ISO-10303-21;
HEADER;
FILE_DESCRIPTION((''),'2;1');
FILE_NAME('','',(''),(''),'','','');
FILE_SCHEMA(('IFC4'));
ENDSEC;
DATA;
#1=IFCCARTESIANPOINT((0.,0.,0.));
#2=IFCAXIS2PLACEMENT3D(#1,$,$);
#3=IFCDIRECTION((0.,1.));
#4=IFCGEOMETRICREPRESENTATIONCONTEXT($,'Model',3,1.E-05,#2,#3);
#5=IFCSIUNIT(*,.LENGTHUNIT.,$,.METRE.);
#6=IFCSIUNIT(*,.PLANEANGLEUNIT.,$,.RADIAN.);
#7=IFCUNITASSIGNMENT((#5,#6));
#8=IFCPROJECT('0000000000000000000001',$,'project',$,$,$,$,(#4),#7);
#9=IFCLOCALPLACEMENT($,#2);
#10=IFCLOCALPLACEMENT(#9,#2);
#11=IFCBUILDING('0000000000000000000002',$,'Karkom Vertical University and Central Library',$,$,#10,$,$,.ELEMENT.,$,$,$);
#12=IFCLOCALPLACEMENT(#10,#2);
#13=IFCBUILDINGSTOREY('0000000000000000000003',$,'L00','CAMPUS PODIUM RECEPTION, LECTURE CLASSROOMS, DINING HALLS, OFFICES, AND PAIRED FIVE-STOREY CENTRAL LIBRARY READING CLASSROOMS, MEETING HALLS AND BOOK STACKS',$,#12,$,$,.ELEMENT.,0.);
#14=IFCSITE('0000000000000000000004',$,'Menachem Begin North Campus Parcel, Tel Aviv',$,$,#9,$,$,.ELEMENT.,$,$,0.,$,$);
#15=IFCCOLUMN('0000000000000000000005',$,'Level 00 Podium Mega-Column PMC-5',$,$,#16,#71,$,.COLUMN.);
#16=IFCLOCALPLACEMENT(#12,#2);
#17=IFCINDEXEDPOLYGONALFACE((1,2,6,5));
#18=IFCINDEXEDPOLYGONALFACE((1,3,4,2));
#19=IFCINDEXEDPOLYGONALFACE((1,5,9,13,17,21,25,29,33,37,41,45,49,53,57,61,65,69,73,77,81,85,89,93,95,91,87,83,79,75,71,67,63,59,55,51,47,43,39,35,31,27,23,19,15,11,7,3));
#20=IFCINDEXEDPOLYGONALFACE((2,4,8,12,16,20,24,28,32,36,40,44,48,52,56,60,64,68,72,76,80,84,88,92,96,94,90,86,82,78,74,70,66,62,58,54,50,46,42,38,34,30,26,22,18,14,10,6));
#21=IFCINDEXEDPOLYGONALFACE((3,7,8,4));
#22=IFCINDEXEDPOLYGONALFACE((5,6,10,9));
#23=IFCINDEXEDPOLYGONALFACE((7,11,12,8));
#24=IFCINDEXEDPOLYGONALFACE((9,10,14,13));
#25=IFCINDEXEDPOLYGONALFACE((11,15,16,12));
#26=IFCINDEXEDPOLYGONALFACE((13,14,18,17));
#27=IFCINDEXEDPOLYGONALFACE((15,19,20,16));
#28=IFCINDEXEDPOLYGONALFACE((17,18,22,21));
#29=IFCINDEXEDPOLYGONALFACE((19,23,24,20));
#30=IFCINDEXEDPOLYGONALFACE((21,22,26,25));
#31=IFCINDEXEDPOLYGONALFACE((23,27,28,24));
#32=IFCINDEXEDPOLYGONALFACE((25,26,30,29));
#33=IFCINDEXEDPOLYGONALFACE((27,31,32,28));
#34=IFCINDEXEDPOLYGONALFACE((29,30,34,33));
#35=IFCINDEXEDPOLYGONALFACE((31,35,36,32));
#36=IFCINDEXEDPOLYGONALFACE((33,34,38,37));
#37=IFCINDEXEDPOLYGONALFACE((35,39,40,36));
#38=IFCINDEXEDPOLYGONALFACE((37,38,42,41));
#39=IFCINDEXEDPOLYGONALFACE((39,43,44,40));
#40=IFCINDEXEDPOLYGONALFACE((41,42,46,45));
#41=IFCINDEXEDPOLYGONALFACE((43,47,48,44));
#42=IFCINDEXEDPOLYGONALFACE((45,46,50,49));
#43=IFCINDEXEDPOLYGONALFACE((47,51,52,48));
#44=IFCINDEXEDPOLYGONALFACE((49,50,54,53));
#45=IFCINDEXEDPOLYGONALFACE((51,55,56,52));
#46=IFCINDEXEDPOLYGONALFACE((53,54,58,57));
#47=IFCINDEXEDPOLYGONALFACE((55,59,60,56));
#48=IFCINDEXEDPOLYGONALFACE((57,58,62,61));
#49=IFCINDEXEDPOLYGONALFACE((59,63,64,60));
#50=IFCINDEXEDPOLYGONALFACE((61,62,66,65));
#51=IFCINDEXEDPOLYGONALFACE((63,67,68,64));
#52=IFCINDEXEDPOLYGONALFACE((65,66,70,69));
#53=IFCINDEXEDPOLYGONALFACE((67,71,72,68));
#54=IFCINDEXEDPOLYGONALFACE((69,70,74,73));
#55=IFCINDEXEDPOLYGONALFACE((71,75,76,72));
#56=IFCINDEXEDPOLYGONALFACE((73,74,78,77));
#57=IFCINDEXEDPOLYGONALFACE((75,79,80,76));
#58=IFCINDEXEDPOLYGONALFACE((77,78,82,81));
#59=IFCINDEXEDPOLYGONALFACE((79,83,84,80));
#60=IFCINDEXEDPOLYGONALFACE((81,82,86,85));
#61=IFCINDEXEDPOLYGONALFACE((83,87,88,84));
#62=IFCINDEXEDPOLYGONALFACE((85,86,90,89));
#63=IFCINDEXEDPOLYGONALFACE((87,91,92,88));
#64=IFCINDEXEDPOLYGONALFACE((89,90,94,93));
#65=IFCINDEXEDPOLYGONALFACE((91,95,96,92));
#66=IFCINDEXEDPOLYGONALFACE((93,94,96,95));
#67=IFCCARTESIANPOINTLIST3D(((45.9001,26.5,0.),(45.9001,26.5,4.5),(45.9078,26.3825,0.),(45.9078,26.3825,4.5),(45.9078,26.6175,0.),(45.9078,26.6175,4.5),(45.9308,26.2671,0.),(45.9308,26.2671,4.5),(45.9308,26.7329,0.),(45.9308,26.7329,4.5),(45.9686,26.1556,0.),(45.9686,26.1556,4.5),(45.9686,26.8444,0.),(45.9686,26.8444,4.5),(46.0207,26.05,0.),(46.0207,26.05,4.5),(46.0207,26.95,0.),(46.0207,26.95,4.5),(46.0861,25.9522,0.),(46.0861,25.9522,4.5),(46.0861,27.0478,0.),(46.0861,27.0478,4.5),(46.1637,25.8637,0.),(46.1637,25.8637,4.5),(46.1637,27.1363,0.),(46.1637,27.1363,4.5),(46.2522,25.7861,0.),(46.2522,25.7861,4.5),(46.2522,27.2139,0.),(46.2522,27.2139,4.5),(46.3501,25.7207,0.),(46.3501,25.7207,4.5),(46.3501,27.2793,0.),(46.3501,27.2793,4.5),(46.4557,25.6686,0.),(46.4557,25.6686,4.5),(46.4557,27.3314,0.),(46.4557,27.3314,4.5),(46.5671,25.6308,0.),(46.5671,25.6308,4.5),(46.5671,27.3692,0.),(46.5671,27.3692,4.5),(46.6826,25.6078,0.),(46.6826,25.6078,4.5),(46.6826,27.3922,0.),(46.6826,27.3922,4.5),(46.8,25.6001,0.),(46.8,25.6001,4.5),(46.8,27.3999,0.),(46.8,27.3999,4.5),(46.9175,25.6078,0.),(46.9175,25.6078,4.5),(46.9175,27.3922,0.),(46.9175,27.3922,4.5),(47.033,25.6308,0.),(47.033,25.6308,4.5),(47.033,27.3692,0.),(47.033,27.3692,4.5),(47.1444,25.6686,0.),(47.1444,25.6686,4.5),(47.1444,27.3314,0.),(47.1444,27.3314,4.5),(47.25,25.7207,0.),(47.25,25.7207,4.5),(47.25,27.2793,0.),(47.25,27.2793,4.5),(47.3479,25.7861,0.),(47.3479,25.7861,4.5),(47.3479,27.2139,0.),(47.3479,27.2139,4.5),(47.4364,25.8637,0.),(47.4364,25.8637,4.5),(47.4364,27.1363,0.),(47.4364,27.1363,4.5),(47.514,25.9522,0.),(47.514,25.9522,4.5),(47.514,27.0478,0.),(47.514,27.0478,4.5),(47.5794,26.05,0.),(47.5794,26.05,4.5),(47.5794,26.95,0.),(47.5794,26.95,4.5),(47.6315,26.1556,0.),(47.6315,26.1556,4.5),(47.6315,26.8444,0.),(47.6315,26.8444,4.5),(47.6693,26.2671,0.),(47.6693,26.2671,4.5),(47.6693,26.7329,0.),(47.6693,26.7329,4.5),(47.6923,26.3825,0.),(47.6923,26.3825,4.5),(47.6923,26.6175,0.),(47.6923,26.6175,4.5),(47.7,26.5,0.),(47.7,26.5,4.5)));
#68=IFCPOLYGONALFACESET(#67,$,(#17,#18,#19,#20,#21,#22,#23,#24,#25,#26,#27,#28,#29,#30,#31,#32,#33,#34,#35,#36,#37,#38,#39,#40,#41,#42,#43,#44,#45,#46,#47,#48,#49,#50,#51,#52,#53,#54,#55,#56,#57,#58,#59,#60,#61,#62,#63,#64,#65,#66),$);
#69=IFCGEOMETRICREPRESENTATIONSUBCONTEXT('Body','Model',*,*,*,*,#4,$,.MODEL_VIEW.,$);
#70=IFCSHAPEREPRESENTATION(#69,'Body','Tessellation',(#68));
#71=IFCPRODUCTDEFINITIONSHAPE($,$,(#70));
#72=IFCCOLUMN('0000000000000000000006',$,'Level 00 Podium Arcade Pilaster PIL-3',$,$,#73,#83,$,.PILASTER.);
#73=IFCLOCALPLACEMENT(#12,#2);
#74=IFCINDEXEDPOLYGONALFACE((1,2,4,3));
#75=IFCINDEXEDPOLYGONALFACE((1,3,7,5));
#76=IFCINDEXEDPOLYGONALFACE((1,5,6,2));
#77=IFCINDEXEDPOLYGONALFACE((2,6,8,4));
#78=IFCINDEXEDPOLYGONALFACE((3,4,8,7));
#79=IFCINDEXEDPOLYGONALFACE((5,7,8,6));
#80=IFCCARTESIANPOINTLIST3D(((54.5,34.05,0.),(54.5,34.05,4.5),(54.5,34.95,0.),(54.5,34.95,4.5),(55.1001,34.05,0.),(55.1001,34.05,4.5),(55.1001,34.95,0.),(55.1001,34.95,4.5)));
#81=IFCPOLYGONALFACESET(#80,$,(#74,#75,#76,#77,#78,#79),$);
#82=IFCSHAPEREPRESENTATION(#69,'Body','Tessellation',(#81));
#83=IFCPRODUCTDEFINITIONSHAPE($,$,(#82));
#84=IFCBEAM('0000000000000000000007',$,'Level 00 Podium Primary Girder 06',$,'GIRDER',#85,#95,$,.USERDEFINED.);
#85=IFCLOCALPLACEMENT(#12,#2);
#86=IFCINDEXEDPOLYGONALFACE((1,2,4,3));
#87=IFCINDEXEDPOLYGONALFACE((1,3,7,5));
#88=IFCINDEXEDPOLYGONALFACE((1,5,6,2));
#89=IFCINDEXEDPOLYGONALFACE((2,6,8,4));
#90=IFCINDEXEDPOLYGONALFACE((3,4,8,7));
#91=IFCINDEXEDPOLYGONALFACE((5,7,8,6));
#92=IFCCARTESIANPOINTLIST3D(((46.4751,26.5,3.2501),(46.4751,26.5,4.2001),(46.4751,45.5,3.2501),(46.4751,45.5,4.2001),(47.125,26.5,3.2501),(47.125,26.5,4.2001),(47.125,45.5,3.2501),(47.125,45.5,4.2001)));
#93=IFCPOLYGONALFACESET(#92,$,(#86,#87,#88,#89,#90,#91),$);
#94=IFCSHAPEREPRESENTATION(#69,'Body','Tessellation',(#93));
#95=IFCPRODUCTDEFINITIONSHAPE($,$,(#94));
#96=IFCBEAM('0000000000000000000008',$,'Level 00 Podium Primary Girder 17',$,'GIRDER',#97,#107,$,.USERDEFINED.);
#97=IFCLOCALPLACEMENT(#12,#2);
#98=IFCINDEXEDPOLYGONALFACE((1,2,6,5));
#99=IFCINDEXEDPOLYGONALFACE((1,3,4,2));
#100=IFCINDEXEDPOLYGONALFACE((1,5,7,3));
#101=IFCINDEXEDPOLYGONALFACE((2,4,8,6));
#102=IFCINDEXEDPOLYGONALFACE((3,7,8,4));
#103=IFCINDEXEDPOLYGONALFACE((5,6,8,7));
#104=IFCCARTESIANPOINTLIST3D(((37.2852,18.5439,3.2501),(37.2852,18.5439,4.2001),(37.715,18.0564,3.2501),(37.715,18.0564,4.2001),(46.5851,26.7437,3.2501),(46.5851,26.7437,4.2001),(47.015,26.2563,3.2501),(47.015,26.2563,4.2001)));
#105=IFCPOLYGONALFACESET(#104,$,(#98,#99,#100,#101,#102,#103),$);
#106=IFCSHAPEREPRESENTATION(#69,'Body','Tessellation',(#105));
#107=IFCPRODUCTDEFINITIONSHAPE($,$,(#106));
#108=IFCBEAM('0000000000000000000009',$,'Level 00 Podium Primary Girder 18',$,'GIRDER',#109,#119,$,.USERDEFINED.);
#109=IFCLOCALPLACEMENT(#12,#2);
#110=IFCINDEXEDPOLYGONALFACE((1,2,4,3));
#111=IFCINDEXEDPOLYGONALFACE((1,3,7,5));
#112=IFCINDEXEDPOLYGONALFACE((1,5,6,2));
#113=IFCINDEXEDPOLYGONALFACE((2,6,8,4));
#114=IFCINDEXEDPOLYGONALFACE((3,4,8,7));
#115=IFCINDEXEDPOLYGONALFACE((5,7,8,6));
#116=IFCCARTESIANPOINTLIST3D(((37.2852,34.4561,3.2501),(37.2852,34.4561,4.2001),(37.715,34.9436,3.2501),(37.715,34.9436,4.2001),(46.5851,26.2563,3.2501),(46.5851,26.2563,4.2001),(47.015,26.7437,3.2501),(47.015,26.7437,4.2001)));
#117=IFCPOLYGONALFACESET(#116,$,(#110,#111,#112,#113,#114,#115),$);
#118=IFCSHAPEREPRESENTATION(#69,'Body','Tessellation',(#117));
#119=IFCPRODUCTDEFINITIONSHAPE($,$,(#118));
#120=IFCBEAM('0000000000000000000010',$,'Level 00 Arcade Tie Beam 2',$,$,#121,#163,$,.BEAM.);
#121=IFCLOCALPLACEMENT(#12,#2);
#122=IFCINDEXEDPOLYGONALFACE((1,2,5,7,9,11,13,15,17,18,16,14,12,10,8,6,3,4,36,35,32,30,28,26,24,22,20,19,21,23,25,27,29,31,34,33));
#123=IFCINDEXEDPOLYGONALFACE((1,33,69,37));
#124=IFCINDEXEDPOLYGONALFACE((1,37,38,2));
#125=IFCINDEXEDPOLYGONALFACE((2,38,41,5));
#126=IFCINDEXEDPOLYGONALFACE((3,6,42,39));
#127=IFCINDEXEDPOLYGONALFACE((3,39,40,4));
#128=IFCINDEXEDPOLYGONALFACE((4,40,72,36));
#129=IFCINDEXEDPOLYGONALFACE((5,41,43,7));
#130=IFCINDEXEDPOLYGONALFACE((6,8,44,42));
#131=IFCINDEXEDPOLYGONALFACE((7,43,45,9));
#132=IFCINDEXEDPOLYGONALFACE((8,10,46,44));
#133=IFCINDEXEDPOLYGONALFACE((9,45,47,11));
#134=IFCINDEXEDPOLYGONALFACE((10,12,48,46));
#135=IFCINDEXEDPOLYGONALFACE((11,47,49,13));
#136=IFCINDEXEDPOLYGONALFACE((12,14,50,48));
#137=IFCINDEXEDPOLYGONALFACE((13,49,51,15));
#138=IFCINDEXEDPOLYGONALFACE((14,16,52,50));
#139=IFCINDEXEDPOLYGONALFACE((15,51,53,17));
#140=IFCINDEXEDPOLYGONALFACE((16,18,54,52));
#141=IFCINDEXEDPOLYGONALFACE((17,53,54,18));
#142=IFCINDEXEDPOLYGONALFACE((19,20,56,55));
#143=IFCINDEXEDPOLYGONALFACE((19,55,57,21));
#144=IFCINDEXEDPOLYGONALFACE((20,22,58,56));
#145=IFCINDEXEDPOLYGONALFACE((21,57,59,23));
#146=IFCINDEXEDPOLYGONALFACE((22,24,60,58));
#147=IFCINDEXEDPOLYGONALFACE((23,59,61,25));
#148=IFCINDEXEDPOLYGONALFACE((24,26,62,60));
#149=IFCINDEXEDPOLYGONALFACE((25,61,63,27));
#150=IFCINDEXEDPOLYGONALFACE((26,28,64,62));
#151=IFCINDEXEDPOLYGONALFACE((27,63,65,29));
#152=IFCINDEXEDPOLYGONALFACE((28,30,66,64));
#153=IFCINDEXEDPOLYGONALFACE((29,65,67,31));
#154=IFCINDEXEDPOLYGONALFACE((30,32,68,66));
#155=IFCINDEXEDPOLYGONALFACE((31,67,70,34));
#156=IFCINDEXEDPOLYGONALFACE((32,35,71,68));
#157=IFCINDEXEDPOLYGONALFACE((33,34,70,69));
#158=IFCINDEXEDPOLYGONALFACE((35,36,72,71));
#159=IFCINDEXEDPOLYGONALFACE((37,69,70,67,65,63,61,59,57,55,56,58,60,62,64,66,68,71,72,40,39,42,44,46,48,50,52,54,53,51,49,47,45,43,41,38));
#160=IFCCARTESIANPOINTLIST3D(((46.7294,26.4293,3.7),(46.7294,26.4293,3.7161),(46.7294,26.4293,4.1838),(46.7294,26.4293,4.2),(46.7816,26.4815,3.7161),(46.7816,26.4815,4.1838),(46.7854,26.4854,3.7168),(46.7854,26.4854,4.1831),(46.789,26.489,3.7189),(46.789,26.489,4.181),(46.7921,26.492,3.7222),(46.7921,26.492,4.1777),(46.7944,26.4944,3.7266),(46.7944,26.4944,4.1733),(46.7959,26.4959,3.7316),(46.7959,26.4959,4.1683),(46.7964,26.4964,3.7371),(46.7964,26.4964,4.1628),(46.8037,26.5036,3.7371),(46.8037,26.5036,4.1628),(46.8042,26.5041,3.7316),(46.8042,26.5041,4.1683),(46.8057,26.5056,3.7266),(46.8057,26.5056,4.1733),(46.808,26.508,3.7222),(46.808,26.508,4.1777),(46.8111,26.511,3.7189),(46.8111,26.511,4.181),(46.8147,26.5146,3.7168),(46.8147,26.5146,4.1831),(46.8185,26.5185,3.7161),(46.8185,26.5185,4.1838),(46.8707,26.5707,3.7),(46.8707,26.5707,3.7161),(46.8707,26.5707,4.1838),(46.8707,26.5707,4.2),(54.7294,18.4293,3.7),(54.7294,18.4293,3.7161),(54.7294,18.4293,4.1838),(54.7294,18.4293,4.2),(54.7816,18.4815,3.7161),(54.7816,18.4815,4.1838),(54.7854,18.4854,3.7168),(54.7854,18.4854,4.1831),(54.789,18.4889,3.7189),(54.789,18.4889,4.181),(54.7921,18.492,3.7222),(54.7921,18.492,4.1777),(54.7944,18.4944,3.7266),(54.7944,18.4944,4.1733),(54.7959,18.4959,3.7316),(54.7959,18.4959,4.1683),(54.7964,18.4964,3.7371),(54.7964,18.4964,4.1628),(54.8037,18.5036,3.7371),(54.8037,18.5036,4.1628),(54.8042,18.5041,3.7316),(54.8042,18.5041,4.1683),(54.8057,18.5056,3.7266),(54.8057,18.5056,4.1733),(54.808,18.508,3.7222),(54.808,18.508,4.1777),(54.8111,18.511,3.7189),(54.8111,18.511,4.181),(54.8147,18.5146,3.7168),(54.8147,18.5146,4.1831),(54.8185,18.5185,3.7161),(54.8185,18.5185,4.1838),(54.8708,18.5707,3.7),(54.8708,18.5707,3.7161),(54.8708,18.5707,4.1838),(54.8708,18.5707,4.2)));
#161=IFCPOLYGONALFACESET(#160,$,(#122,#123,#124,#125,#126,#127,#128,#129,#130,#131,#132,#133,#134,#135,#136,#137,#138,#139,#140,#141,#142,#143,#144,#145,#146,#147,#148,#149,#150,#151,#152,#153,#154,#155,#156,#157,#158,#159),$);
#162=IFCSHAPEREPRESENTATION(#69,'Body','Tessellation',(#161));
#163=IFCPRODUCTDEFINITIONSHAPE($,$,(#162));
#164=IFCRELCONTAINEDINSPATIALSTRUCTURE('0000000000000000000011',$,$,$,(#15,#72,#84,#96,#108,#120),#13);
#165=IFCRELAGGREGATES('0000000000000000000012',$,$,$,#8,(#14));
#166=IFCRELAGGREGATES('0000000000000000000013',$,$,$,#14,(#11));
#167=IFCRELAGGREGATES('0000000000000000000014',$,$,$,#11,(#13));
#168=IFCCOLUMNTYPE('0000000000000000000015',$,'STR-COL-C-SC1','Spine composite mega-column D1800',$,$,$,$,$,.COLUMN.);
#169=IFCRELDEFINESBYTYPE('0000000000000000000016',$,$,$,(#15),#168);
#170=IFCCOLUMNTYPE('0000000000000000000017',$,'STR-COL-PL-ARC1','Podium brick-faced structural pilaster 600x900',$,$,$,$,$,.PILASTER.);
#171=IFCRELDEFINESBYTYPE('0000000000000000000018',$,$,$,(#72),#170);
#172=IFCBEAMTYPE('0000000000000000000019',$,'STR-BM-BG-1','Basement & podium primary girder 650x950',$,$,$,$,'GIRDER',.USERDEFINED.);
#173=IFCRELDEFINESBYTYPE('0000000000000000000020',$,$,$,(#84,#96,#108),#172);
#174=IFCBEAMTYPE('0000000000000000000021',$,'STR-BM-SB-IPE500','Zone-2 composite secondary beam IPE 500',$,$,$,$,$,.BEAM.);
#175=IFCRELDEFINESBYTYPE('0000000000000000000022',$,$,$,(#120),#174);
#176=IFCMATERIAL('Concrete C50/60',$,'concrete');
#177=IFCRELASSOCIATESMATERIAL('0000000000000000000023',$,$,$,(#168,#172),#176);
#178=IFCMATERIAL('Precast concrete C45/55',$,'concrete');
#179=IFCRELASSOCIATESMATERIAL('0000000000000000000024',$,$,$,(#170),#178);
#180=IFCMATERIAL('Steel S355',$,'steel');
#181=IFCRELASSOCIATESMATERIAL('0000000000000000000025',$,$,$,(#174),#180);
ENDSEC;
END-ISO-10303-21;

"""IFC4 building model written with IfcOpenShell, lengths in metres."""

from ifc_helpers import new_model, si_unit, direction, frame, origin, origin_with_axes, origin_2d, place, context, subcontext, project, spatial, rectangle, circle, i_section, extrude, source, transform, mapped, material, material_profile, profile_set, type_object, element, save


model = new_model("IFC4")

# Units and contexts
model_context = context("Model", 3, precision=1e-05, world=origin(), true_north=direction((0.0, 1.0)))
body_context = subcontext(model_context, "Body", "Model", "MODEL_VIEW")
ifc_project = project(units=[si_unit("LENGTHUNIT", "METRE"), si_unit("PLANEANGLEUNIT", "RADIAN")], contexts=[model_context])

# Site, building, storey
site_placement = place(None, origin())
site = spatial("IfcSite", under=ifc_project, at=site_placement, Name="Menachem Begin North Campus Parcel, Tel Aviv", CompositionType="ELEMENT", RefElevation=0.0)
building_placement = place(site_placement, origin())
building = spatial("IfcBuilding", under=site, at=building_placement, Name="Karkom Vertical University and Central Library", CompositionType="ELEMENT")
storey_placement = place(building_placement, origin())
storey = spatial("IfcBuildingStorey", under=building, at=storey_placement, Name="L00", Description="CAMPUS PODIUM RECEPTION, LECTURE CLASSROOMS, DINING HALLS, OFFICES, AND PAIRED FIVE-STOREY CENTRAL LIBRARY READING CLASSROOMS, MEETING HALLS AND BOOK STACKS", CompositionType="ELEMENT", Elevation=0.0)

# Columns
ifc_material_1 = material(Name="Concrete C50/60", Category="concrete")
ifc_material_profile_1 = material_profile(ifc_material_1, circle(Radius=0.8999, at=origin_2d()), Name="CFT-D1800")
ifc_profile_set_1 = profile_set([ifc_material_profile_1], Name="Concrete C50/60")
column_type_1 = type_object("IfcColumnType", Name="STR-COL-C-SC1", Description="Spine composite mega-column D1800", PredefinedType="COLUMN", material=ifc_profile_set_1)
shared_shape_1 = source(origin_with_axes(), body_context, "Body", "SweptSolid", [
    extrude(circle(Radius=0.8999, at=origin_2d()), origin(), (0.0, 0.0, 1.0), 4.5),
])
column_1_placement = place(storey_placement, frame((46.8, 26.5, 0.0), z_axis=(0.0, 0.0, 1.0), x_axis=(1.0, 0.0, 0.0)))
element("IfcColumn", 1, at=column_1_placement, inside=storey, type_object=column_type_1, Name="Level 00 Podium Mega-Column PMC-5", PredefinedType="COLUMN", context=body_context, shape_type="MappedRepresentation", body=[
    mapped(shared_shape_1, transform((0.0, 0.0, 0.0), scale=1.0)),
])
ifc_material_2 = material(Name="Precast concrete C45/55", Category="concrete")
ifc_material_profile_2 = material_profile(ifc_material_2, rectangle(XDim=0.6001, YDim=0.8999, at=origin_2d()), Name="PIL-600x900")
ifc_profile_set_2 = profile_set([ifc_material_profile_2], Name="Precast concrete C45/55")
column_type_2 = type_object("IfcColumnType", Name="STR-COL-PL-ARC1", Description="Podium brick-faced structural pilaster 600x900", PredefinedType="PILASTER", material=ifc_profile_set_2)
shared_shape_2 = source(origin_with_axes(), body_context, "Body", "SweptSolid", [
    extrude(rectangle(XDim=0.6001, YDim=0.8999, at=origin_2d()), origin(), (0.0, 0.0, 1.0), 4.5),
])
column_2_placement = place(storey_placement, frame((54.8, 34.5, 0.0), z_axis=(0.0, 0.0, 1.0), x_axis=(1.0, 0.0, 0.0)))
element("IfcColumn", 2, at=column_2_placement, inside=storey, type_object=column_type_2, Name="Level 00 Podium Arcade Pilaster PIL-3", PredefinedType="PILASTER", context=body_context, shape_type="MappedRepresentation", body=[
    mapped(shared_shape_2, transform((0.0, 0.0, 0.0), scale=1.0)),
])

# Beams
ifc_material_profile_3 = material_profile(ifc_material_1, rectangle(XDim=0.6499, YDim=0.95, at=origin_2d()), Name="RCG-650x950")
ifc_profile_set_3 = profile_set([ifc_material_profile_3], Name="Concrete C50/60")
beam_type_1 = type_object("IfcBeamType", Name="STR-BM-BG-1", Description="Basement & podium primary girder 650x950", ElementType="GIRDER", PredefinedType="USERDEFINED", material=ifc_profile_set_3)
shared_shape_3 = source(origin_with_axes(), body_context, "Body", "SweptSolid", [
    extrude(rectangle(XDim=0.6499, YDim=0.95, at=origin_2d()), origin(), (0.0, 0.0, 1.0), 19.0),
])
beam_placement = place(storey_placement, frame((46.8, 26.5, 3.7251), z_axis=(0.0, 1.0, 0.0), x_axis=(-1.0, 0.0, 0.0)))
element("IfcBeam", 3, at=beam_placement, inside=storey, type_object=beam_type_1, Name="Level 00 Podium Primary Girder 06", ObjectType="GIRDER", PredefinedType="USERDEFINED", context=body_context, shape_type="MappedRepresentation", body=[
    mapped(shared_shape_3, transform((0.0, 0.0, 0.0), scale=1.0)),
])
shared_shape_4 = source(origin_with_axes(), body_context, "Body", "SweptSolid", [
    extrude(rectangle(XDim=0.6499, YDim=0.95, at=origin_2d()), origin(), (0.0, 0.0, 1.0), 12.3987),
])
for number, where, z_axis, x_axis, name in (
    (4, (46.8, 26.5, 3.7251), (-0.750077, -0.661351, 0.0), (0.661351, -0.750077, 0.0), "Level 00 Podium Primary Girder 17"),
    (5, (46.8, 26.5, 3.7251), (-0.750077, 0.661351, 0.0), (-0.661351, -0.750077, 0.0), "Level 00 Podium Primary Girder 18"),
):
    element("IfcBeam", number, at=place(storey_placement, frame(where, z_axis=z_axis, x_axis=x_axis)), inside=storey, type_object=beam_type_1, Name=name, ObjectType="GIRDER", PredefinedType="USERDEFINED", context=body_context, shape_type="MappedRepresentation", body=[
        mapped(shared_shape_4, transform((0.0, 0.0, 0.0), scale=1.0)),
    ])
ifc_material_3 = material(Name="Steel S355", Category="steel")
ifc_material_profile_4 = material_profile(ifc_material_3, i_section(OverallWidth=0.2, OverallDepth=0.5, WebThickness=0.0103, FlangeThickness=0.0161, FilletRadius=0.021, at=origin_2d()), Name="IPE 500")
ifc_profile_set_4 = profile_set([ifc_material_profile_4], Name="Steel S355")
beam_type_2 = type_object("IfcBeamType", Name="STR-BM-SB-IPE500", Description="Zone-2 composite secondary beam IPE 500", PredefinedType="BEAM", material=ifc_profile_set_4)
shared_shape_5 = source(origin_with_axes(), body_context, "Body", "SweptSolid", [
    extrude(i_section(OverallWidth=0.2, OverallDepth=0.5, WebThickness=0.0103, FlangeThickness=0.0161, FilletRadius=0.021, at=origin_2d()), origin(), (0.0, 0.0, 1.0), 11.3137),
])
for number, where, z_axis, x_axis, name in (
    (6, (46.8, 26.5, 3.95), (0.707107, -0.707107, 0.0), (0.707107, 0.707107, 0.0), "Level 00 Arcade Tie Beam 2"),
):
    element("IfcBeam", number, at=place(storey_placement, frame(where, z_axis=z_axis, x_axis=x_axis)), inside=storey, type_object=beam_type_2, Name=name, PredefinedType="BEAM", context=body_context, shape_type="MappedRepresentation", body=[
        mapped(shared_shape_5, transform((0.0, 0.0, 0.0), scale=1.0)),
    ])

save(model, "model.ifc")
